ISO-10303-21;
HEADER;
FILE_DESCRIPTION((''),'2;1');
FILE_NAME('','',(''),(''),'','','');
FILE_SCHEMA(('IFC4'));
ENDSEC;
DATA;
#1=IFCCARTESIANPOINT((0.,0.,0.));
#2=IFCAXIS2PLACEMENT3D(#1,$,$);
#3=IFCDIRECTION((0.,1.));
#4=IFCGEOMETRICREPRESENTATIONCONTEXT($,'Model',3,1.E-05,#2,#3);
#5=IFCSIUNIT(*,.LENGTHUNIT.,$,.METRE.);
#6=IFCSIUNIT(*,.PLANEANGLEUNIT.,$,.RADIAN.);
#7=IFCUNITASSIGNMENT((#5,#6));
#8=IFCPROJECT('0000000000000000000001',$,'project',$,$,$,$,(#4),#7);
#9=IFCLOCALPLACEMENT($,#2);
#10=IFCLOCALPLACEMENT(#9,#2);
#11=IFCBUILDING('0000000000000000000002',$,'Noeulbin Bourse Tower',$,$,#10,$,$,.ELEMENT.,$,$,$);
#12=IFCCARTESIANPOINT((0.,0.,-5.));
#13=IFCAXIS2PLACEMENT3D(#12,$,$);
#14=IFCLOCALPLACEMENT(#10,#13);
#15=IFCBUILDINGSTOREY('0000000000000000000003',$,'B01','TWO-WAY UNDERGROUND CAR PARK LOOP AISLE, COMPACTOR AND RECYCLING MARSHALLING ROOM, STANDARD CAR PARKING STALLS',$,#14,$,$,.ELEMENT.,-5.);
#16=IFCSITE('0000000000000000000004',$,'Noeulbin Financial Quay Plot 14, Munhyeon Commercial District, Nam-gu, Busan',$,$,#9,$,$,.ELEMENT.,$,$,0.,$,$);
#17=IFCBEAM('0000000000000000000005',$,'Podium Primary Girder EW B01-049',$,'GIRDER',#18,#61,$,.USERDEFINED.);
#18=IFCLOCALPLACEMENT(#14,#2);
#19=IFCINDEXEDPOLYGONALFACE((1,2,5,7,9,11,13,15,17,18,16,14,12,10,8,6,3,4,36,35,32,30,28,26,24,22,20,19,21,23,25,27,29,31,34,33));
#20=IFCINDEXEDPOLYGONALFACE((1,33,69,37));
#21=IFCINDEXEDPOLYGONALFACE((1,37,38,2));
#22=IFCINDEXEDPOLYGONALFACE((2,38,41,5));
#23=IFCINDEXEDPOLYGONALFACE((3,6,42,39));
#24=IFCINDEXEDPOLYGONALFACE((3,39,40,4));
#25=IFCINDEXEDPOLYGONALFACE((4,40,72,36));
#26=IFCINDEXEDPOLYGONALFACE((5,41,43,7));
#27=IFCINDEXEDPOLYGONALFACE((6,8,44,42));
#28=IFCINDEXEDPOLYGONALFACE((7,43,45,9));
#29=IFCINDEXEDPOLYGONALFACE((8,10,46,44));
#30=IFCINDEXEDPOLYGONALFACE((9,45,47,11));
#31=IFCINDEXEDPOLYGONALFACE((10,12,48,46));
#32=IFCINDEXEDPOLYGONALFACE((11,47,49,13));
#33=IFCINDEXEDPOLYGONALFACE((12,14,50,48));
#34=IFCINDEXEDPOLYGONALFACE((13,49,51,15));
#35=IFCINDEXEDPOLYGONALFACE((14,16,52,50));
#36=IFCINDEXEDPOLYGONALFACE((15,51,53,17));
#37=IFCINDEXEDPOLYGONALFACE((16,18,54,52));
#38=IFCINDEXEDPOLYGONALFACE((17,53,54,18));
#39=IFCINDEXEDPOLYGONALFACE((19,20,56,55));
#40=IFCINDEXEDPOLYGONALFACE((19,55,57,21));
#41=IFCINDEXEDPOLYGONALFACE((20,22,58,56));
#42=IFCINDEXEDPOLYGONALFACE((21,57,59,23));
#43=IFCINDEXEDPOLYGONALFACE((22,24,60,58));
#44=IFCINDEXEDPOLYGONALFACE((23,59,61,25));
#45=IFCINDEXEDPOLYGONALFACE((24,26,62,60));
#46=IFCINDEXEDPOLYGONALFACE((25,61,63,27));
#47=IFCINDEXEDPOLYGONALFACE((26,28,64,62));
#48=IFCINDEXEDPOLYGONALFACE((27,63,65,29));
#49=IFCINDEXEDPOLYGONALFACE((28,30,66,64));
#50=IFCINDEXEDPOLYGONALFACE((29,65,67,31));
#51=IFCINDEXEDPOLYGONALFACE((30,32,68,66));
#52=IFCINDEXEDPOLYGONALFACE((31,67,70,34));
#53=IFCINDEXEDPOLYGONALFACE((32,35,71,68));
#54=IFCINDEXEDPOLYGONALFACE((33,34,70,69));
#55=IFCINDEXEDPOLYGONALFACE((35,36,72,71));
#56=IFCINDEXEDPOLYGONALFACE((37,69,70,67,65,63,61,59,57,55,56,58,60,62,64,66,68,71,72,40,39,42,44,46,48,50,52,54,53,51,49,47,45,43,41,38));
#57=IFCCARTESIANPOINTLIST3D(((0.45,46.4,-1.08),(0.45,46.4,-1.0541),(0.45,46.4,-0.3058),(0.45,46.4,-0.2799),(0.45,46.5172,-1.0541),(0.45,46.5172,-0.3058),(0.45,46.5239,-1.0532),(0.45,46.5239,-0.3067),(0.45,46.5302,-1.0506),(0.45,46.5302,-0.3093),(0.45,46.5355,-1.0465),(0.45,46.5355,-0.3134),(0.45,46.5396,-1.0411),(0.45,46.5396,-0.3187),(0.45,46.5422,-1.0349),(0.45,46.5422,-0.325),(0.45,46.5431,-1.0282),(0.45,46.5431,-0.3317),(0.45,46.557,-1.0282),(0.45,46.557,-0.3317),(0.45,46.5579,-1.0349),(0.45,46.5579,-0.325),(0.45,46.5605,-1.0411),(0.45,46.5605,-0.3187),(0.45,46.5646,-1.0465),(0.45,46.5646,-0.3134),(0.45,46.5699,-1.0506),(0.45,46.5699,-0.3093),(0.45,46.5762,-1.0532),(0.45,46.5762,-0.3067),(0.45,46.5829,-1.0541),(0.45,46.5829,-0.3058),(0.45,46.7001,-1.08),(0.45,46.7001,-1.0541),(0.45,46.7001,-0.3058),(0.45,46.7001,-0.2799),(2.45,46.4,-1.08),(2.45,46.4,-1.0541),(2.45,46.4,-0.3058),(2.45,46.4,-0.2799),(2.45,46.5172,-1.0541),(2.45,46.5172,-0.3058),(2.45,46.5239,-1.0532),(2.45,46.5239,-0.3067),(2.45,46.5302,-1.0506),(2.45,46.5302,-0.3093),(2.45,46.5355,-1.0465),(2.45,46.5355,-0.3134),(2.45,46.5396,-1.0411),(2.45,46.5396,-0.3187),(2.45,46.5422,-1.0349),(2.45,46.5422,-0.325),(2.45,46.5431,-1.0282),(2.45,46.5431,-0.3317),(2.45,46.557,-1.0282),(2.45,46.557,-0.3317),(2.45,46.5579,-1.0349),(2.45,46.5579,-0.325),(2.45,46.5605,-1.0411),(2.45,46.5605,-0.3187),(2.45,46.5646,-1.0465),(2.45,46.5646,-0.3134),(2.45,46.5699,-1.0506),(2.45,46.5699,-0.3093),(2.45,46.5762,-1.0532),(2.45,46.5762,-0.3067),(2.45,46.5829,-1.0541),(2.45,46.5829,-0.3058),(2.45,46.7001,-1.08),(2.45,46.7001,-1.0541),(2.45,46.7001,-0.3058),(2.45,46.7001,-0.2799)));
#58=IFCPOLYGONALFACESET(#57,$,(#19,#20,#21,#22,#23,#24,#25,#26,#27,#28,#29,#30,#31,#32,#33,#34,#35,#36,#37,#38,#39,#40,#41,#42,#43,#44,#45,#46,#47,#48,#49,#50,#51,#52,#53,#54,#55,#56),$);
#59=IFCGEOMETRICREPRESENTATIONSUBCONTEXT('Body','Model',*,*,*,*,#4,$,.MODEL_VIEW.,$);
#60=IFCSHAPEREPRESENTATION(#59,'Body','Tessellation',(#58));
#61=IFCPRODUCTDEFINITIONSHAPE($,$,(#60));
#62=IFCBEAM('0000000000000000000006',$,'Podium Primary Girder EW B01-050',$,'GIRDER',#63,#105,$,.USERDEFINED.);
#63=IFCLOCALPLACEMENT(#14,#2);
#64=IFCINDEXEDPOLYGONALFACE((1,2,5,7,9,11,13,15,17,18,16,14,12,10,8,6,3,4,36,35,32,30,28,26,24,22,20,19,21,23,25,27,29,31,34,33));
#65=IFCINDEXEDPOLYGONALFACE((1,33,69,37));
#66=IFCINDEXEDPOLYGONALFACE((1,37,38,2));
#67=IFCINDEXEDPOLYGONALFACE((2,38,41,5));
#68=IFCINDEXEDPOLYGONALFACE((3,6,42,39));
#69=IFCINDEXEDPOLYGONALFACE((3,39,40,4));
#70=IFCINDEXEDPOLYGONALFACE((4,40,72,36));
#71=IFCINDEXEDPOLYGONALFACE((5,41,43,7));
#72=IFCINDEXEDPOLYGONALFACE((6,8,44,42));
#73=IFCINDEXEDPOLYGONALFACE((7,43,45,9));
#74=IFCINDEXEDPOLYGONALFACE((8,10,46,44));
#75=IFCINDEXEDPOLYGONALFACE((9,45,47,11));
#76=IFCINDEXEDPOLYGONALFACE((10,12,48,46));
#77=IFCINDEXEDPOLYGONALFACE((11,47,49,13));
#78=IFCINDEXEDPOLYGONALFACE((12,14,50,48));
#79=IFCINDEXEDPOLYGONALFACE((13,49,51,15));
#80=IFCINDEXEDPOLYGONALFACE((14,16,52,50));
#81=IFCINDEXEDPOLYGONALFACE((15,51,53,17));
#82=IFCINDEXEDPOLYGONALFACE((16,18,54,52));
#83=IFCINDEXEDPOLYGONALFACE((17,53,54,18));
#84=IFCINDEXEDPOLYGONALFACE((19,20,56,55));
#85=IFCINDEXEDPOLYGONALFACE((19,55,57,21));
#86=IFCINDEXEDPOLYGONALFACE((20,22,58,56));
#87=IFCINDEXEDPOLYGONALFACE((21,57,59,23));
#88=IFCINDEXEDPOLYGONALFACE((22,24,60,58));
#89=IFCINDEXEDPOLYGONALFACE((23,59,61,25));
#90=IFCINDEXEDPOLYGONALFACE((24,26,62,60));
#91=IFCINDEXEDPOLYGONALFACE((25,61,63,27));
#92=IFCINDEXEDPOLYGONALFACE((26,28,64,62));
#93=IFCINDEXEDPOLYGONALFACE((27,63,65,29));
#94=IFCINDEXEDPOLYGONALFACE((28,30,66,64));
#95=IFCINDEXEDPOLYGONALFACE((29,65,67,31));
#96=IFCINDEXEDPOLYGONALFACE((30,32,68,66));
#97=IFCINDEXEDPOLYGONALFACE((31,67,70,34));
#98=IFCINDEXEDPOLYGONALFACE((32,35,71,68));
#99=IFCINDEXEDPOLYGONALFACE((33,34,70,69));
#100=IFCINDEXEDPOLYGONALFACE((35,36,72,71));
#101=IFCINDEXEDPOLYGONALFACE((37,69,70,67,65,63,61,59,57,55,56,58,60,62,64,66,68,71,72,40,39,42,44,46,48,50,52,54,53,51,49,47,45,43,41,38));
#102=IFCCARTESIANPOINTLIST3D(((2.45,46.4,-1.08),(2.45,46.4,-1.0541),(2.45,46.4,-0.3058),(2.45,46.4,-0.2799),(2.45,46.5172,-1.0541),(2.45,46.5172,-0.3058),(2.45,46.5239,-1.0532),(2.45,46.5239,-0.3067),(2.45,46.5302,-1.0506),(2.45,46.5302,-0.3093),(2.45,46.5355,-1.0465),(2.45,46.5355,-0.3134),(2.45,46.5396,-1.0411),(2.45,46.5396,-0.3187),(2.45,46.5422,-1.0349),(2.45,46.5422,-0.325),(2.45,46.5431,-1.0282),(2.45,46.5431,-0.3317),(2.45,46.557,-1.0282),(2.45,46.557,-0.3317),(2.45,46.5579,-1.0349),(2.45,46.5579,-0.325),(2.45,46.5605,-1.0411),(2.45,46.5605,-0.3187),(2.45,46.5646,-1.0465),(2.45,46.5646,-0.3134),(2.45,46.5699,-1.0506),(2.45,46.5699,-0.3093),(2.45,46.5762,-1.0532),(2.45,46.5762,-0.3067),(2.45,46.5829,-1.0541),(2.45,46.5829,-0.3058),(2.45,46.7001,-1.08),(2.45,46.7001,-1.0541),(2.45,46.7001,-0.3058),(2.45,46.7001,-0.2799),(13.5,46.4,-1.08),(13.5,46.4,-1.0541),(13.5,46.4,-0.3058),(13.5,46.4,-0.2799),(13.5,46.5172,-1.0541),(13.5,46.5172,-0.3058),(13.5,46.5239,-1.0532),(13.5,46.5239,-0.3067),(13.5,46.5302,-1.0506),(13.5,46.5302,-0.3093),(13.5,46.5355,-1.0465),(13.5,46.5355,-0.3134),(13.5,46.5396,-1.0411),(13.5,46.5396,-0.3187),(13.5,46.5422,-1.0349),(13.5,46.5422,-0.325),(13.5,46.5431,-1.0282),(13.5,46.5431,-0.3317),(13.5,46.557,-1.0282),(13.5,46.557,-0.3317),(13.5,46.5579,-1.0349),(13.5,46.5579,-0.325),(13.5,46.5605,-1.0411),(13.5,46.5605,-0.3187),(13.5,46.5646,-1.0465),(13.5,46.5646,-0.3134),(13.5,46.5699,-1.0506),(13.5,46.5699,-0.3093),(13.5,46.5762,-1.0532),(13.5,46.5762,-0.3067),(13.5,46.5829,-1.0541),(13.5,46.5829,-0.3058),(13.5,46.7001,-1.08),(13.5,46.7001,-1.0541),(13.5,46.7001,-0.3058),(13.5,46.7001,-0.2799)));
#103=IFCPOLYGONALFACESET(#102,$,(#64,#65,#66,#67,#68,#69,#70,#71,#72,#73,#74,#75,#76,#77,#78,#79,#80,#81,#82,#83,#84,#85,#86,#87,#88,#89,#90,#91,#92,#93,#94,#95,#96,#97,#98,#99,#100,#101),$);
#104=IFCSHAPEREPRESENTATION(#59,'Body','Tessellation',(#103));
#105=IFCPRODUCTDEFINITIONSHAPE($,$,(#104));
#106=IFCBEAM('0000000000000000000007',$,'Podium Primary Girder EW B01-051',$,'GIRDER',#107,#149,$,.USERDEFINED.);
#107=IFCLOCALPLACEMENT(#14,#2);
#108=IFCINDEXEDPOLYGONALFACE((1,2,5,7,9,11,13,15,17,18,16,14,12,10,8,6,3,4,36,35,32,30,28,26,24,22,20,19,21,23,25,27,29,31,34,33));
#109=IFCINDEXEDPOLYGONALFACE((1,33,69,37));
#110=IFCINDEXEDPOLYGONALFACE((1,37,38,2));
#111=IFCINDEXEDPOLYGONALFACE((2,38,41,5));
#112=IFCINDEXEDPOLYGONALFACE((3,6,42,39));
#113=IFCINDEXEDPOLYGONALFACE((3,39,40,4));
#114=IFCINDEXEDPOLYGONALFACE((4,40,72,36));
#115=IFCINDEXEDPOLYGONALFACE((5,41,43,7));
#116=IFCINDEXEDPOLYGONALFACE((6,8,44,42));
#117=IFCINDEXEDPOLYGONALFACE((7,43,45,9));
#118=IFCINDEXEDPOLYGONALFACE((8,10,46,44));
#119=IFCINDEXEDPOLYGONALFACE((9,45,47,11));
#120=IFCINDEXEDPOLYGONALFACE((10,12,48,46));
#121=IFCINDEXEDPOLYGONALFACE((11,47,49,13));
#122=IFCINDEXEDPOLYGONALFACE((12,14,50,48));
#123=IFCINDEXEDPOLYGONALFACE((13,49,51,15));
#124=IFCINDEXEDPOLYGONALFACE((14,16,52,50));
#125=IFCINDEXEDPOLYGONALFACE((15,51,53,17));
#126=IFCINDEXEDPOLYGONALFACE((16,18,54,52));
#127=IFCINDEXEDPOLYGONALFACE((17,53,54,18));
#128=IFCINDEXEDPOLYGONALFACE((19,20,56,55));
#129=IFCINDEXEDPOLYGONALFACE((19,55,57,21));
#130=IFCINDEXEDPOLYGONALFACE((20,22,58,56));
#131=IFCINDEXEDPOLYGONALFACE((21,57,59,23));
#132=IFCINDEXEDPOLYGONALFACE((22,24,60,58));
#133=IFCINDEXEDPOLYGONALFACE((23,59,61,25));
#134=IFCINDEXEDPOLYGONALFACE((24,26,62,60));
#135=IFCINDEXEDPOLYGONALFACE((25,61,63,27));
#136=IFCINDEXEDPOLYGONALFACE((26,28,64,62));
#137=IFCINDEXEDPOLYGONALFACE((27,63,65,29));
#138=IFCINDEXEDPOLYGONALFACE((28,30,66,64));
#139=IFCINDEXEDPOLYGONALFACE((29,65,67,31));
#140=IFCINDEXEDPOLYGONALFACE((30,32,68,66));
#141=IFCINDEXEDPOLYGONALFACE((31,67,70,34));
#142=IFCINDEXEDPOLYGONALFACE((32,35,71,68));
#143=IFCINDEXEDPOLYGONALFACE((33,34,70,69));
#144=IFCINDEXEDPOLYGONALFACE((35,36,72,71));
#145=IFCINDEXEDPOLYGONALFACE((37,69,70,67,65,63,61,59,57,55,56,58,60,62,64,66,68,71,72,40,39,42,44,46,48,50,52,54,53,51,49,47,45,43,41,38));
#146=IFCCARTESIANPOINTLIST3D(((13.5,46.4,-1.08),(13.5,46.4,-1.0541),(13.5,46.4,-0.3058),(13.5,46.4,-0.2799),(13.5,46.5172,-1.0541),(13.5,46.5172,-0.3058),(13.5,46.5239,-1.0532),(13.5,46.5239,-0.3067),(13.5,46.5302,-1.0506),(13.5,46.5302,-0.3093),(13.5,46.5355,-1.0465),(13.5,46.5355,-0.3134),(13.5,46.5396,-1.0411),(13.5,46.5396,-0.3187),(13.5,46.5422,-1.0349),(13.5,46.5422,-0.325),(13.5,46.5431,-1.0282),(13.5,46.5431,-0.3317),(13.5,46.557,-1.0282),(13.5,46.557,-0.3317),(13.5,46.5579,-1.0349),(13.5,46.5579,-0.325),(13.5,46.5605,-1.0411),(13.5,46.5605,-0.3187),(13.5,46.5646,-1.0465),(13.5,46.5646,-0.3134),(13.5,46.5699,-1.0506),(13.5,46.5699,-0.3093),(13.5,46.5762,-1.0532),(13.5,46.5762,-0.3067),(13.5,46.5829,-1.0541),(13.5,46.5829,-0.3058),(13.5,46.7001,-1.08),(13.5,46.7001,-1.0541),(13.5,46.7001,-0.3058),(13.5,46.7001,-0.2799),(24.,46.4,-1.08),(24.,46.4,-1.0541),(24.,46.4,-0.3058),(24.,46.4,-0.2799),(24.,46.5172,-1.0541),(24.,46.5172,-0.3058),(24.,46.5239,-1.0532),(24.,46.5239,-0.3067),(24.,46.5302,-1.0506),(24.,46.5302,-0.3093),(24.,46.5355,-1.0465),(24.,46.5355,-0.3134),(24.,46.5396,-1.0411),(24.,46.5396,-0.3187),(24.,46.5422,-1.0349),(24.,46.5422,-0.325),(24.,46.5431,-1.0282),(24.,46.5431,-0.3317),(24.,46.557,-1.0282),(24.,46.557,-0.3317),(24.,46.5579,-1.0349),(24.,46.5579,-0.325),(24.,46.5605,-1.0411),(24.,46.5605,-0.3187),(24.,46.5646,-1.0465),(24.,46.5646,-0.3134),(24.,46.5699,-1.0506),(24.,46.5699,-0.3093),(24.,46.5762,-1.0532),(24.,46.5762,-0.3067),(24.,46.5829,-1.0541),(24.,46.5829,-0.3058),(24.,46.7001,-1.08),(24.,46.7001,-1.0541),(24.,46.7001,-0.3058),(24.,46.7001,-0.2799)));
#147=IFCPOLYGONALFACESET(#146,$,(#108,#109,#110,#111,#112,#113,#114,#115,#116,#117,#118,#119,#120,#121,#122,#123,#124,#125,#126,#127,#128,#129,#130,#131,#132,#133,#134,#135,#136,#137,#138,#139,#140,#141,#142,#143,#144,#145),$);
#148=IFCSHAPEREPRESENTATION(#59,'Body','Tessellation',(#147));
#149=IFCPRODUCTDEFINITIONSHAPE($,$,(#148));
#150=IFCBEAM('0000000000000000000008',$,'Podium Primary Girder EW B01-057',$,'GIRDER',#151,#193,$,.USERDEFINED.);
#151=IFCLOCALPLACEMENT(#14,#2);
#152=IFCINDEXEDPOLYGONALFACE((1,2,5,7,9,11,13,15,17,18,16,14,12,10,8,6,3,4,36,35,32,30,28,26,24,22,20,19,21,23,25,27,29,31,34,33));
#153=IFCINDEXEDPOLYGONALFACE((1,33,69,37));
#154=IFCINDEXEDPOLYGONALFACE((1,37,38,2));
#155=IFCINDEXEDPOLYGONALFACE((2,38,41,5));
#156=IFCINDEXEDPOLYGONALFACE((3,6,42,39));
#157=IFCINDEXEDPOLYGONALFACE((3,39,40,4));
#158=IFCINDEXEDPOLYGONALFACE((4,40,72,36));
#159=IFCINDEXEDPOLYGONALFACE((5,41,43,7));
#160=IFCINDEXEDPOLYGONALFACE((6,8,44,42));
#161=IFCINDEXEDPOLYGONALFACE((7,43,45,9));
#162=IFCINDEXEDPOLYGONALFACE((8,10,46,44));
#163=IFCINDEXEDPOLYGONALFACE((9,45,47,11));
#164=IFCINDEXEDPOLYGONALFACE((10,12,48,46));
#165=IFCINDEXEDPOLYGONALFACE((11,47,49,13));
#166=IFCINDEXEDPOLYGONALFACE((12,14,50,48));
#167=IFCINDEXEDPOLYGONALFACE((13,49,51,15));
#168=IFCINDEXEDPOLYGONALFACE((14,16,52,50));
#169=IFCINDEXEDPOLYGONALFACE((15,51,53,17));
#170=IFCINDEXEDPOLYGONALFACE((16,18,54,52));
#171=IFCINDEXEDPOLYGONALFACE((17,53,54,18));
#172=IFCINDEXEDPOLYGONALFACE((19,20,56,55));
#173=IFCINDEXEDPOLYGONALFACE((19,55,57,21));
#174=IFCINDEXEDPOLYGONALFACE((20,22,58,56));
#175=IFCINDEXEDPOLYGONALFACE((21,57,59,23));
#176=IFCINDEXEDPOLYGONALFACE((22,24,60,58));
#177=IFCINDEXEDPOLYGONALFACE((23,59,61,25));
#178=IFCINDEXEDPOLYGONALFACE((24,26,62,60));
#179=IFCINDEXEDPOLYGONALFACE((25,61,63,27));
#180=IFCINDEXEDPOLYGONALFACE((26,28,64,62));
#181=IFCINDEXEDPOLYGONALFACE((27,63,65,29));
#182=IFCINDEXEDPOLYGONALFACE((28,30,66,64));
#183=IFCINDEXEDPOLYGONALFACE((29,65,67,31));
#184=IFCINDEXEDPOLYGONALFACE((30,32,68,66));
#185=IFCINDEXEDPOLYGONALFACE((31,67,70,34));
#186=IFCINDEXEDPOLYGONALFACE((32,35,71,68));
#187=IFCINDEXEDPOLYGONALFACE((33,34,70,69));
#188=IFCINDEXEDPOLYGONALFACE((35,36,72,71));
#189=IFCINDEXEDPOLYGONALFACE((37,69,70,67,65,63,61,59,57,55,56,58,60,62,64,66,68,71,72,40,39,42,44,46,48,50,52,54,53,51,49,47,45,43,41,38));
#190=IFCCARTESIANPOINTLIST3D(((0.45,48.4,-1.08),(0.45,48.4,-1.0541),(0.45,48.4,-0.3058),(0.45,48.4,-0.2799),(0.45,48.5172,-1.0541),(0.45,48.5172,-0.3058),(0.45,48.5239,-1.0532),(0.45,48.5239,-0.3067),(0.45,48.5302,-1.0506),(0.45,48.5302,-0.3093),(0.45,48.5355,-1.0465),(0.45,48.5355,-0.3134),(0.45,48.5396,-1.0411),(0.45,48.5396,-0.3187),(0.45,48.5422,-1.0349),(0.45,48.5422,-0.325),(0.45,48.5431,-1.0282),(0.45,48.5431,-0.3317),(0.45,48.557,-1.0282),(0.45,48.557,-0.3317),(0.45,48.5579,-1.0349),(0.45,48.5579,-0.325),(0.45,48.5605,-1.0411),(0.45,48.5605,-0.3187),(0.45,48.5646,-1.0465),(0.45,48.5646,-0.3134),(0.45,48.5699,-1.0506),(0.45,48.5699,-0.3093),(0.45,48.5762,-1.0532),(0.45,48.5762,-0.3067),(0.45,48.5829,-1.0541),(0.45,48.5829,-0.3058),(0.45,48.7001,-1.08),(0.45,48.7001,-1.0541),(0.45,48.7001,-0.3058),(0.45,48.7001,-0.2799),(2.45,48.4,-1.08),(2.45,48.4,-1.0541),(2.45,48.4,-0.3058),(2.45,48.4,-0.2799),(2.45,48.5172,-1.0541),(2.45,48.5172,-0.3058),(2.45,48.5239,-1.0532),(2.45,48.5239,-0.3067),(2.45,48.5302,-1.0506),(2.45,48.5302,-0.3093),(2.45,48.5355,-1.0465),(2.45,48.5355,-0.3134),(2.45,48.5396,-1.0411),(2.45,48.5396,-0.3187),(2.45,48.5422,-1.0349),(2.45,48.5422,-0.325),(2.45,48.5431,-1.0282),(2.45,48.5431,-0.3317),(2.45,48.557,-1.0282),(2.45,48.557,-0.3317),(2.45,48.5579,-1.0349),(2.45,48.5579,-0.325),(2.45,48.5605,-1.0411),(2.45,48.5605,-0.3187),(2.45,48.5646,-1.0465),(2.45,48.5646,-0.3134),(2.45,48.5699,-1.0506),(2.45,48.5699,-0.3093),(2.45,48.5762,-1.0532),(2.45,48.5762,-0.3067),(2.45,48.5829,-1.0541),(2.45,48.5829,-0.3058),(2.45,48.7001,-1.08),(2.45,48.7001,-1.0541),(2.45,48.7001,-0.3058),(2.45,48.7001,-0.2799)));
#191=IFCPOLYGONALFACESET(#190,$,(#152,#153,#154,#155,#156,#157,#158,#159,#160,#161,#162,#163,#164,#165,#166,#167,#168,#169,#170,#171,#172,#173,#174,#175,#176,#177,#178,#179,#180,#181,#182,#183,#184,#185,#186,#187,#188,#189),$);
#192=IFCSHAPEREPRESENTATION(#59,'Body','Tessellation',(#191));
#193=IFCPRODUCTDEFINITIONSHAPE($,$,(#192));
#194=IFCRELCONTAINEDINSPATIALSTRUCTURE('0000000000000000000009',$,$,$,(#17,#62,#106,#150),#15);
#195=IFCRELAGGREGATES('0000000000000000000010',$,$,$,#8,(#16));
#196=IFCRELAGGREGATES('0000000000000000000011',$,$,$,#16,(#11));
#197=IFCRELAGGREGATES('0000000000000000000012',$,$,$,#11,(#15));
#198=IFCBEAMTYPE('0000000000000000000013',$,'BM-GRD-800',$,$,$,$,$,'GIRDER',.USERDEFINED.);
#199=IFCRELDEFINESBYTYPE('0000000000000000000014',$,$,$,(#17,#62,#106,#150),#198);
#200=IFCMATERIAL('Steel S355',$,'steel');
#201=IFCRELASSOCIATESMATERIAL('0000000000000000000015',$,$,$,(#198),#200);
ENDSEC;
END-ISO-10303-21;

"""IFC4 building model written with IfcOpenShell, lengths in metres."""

from ifc_helpers import new_model, si_unit, direction, frame, origin, origin_2d, place, context, subcontext, project, spatial, i_section, extrude, material, material_profile, profile_set, type_object, element, save


model = new_model("IFC4")

# Units and contexts
model_context = context("Model", 3, precision=1e-05, world=origin(), true_north=direction((0.0, 1.0)))
body_context = subcontext(model_context, "Body", "Model", "MODEL_VIEW")
ifc_project = project(units=[si_unit("LENGTHUNIT", "METRE"), si_unit("PLANEANGLEUNIT", "RADIAN")], contexts=[model_context])

# Site, building, storey
site_placement = place(None, origin())
site = spatial("IfcSite", under=ifc_project, at=site_placement, Name="Noeulbin Financial Quay Plot 14, Munhyeon Commercial District, Nam-gu, Busan", CompositionType="ELEMENT", RefElevation=0.0)
building_placement = place(site_placement, origin())
building = spatial("IfcBuilding", under=site, at=building_placement, Name="Noeulbin Bourse Tower", CompositionType="ELEMENT")
storey_placement = place(building_placement, frame((0.0, 0.0, -5.0)))
storey = spatial("IfcBuildingStorey", under=building, at=storey_placement, Name="B01", Description="TWO-WAY UNDERGROUND CAR PARK LOOP AISLE, COMPACTOR AND RECYCLING MARSHALLING ROOM, STANDARD CAR PARKING STALLS", CompositionType="ELEMENT", Elevation=-5.0)

# Beams
ifc_material_1 = material(Name="Steel S355", Category="steel")
ifc_material_profile_1 = material_profile(ifc_material_1, i_section(OverallWidth=0.3, OverallDepth=0.8, WebThickness=0.0139, FlangeThickness=0.0259, FilletRadius=0.0259, at=origin_2d()), Name="H-800x300x14x26", Category="LoadBearing")
ifc_profile_set_1 = profile_set([ifc_material_profile_1], Name="Steel S355")
beam_type_1 = type_object("IfcBeamType", Name="BM-GRD-800", ElementType="GIRDER", PredefinedType="USERDEFINED", material=ifc_profile_set_1)
beam_1_placement = place(storey_placement, frame((0.45, 46.55, -0.6799), z_axis=(1.0, 0.0, 0.0), x_axis=(0.0, 1.0, 0.0)))
element("IfcBeam", 1, at=beam_1_placement, inside=storey, type_object=beam_type_1, Name="Podium Primary Girder EW B01-049", ObjectType="GIRDER", PredefinedType="USERDEFINED", context=body_context, shape_type="SweptSolid", body=[
    extrude(i_section(OverallWidth=0.3, OverallDepth=0.8, WebThickness=0.0139, FlangeThickness=0.0259, FilletRadius=0.0259, at=origin_2d()), origin(), (0.0, 0.0, 1.0), 2.0),
])
beam_2_placement = place(storey_placement, frame((2.45, 46.55, -0.6799), z_axis=(1.0, 0.0, 0.0), x_axis=(0.0, 1.0, 0.0)))
element("IfcBeam", 2, at=beam_2_placement, inside=storey, type_object=beam_type_1, Name="Podium Primary Girder EW B01-050", ObjectType="GIRDER", PredefinedType="USERDEFINED", context=body_context, shape_type="SweptSolid", body=[
    extrude(i_section(OverallWidth=0.3, OverallDepth=0.8, WebThickness=0.0139, FlangeThickness=0.0259, FilletRadius=0.0259, at=origin_2d()), origin(), (0.0, 0.0, 1.0), 11.05),
])
beam_3_placement = place(storey_placement, frame((13.5, 46.55, -0.6799), z_axis=(1.0, 0.0, 0.0), x_axis=(0.0, 1.0, 0.0)))
element("IfcBeam", 3, at=beam_3_placement, inside=storey, type_object=beam_type_1, Name="Podium Primary Girder EW B01-051", ObjectType="GIRDER", PredefinedType="USERDEFINED", context=body_context, shape_type="SweptSolid", body=[
    extrude(i_section(OverallWidth=0.3, OverallDepth=0.8, WebThickness=0.0139, FlangeThickness=0.0259, FilletRadius=0.0259, at=origin_2d()), origin(), (0.0, 0.0, 1.0), 10.5),
])
beam_4_placement = place(storey_placement, frame((0.45, 48.55, -0.6799), z_axis=(1.0, 0.0, 0.0), x_axis=(0.0, 1.0, 0.0)))
element("IfcBeam", 4, at=beam_4_placement, inside=storey, type_object=beam_type_1, Name="Podium Primary Girder EW B01-057", ObjectType="GIRDER", PredefinedType="USERDEFINED", context=body_context, shape_type="SweptSolid", body=[
    extrude(i_section(OverallWidth=0.3, OverallDepth=0.8, WebThickness=0.0139, FlangeThickness=0.0259, FilletRadius=0.0259, at=origin_2d()), origin(), (0.0, 0.0, 1.0), 2.0),
])

save(model, "model.ifc")
